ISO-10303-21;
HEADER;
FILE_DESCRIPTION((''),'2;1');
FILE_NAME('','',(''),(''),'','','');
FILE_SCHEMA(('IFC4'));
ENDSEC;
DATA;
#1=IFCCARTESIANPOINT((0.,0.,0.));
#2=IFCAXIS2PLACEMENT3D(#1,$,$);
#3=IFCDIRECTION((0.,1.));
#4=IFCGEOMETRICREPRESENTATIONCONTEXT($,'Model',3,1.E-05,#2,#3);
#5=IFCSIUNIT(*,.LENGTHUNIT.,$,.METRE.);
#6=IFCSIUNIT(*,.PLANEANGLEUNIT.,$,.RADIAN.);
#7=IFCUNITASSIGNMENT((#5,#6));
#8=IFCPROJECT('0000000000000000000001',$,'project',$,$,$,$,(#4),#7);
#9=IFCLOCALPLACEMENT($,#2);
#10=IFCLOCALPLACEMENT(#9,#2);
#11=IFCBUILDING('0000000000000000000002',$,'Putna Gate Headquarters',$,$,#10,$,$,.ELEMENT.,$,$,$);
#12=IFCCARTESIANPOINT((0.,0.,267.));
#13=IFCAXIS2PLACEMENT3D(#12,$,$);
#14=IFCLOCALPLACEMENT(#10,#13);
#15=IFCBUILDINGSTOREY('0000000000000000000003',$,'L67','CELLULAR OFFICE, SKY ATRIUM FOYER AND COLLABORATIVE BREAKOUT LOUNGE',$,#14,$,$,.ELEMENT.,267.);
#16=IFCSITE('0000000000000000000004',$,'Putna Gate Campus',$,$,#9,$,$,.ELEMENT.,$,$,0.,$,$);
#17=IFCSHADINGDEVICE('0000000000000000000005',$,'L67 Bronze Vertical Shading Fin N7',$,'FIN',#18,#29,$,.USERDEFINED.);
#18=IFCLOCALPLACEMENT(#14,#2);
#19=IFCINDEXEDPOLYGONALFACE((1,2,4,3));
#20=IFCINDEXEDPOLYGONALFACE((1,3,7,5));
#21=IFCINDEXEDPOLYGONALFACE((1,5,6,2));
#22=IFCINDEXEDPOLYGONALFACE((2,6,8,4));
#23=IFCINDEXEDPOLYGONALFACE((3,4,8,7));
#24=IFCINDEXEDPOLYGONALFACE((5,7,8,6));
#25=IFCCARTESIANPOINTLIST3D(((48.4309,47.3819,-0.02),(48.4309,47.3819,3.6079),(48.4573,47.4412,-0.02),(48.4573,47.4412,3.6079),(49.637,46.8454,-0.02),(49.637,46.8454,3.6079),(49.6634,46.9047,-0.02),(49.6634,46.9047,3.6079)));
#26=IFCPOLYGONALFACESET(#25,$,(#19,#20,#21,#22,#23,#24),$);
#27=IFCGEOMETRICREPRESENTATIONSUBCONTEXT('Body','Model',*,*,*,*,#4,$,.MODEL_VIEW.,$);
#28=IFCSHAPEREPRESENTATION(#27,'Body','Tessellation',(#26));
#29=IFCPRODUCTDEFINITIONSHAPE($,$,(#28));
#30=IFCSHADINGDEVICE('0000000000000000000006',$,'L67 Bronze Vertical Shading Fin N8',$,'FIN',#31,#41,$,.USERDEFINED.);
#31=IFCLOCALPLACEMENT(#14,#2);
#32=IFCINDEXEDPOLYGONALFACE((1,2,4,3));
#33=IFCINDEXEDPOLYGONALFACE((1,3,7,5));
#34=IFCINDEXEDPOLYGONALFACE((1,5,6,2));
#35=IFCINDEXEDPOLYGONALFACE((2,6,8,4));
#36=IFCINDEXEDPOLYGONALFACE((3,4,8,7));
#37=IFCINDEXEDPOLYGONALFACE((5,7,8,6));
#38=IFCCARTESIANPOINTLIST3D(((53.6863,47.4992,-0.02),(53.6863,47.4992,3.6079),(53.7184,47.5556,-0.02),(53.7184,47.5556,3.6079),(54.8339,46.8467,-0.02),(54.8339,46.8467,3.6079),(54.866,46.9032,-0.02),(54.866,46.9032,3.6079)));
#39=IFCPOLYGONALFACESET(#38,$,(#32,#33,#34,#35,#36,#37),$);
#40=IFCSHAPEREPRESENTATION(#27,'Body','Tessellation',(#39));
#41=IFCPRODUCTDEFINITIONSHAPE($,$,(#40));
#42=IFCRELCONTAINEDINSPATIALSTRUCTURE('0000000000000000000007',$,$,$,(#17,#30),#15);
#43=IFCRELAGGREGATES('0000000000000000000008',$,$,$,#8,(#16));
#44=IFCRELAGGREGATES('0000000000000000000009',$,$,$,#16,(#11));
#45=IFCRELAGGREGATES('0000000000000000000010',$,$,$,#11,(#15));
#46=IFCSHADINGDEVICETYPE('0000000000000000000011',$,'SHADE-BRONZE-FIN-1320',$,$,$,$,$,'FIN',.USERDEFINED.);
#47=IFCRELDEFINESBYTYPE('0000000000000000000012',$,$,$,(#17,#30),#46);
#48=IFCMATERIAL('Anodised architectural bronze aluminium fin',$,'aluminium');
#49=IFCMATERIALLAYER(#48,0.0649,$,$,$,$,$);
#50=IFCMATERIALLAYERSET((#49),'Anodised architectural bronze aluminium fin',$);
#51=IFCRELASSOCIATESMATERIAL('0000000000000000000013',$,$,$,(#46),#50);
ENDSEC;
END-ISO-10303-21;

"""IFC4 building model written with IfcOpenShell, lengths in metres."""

from ifc_helpers import new_model, si_unit, direction, frame, origin, origin_2d, place, context, subcontext, project, spatial, rectangle, extrude, material, layer, layer_set, type_object, element, save


model = new_model("IFC4")

# Units and contexts
model_context = context("Model", 3, precision=1e-05, world=origin(), true_north=direction((0.0, 1.0)))
body_context = subcontext(model_context, "Body", "Model", "MODEL_VIEW")
ifc_project = project(units=[si_unit("LENGTHUNIT", "METRE"), si_unit("PLANEANGLEUNIT", "RADIAN")], contexts=[model_context])

# Site, building, storey
site_placement = place(None, origin())
site = spatial("IfcSite", under=ifc_project, at=site_placement, Name="Putna Gate Campus", CompositionType="ELEMENT", RefElevation=0.0)
building_placement = place(site_placement, origin())
building = spatial("IfcBuilding", under=site, at=building_placement, Name="Putna Gate Headquarters", CompositionType="ELEMENT")
storey_placement = place(building_placement, frame((0.0, 0.0, 267.0)))
storey = spatial("IfcBuildingStorey", under=building, at=storey_placement, Name="L67", Description="CELLULAR OFFICE, SKY ATRIUM FOYER AND COLLABORATIVE BREAKOUT LOUNGE", CompositionType="ELEMENT", Elevation=267.0)

# Shading devices
ifc_material_1 = material(Name="Anodised architectural bronze aluminium fin", Category="aluminium")
ifc_layer_1 = layer(ifc_material_1, 0.0649)
ifc_layer_set_1 = layer_set([ifc_layer_1], Name="Anodised architectural bronze aluminium fin")
shading_device_type = type_object("IfcShadingDeviceType", Name="SHADE-BRONZE-FIN-1320", ElementType="FIN", PredefinedType="USERDEFINED", material=ifc_layer_set_1)
for number, where, z_axis, x_axis, name in (
    (1, (49.0471, 47.1433, -0.02), (0.0, 0.0, 1.0), (-0.913687, 0.406418, 0.0), "L67 Bronze Vertical Shading Fin N7"),
    (2, (54.2761, 47.2012, -0.02), (0.0, 0.0, 1.0), (-0.869322, 0.494245, 0.0), "L67 Bronze Vertical Shading Fin N8"),
):
    element("IfcShadingDevice", number, at=place(storey_placement, frame(where, z_axis=z_axis, x_axis=x_axis)), inside=storey, type_object=shading_device_type, Name=name, ObjectType="FIN", PredefinedType="USERDEFINED", context=body_context, shape_type="SweptSolid", body=[
        extrude(rectangle(XDim=1.3201, YDim=0.0649, at=origin_2d()), origin(), (0.0, 0.0, 1.0), 3.6279),
    ])

save(model, "model.ifc")
